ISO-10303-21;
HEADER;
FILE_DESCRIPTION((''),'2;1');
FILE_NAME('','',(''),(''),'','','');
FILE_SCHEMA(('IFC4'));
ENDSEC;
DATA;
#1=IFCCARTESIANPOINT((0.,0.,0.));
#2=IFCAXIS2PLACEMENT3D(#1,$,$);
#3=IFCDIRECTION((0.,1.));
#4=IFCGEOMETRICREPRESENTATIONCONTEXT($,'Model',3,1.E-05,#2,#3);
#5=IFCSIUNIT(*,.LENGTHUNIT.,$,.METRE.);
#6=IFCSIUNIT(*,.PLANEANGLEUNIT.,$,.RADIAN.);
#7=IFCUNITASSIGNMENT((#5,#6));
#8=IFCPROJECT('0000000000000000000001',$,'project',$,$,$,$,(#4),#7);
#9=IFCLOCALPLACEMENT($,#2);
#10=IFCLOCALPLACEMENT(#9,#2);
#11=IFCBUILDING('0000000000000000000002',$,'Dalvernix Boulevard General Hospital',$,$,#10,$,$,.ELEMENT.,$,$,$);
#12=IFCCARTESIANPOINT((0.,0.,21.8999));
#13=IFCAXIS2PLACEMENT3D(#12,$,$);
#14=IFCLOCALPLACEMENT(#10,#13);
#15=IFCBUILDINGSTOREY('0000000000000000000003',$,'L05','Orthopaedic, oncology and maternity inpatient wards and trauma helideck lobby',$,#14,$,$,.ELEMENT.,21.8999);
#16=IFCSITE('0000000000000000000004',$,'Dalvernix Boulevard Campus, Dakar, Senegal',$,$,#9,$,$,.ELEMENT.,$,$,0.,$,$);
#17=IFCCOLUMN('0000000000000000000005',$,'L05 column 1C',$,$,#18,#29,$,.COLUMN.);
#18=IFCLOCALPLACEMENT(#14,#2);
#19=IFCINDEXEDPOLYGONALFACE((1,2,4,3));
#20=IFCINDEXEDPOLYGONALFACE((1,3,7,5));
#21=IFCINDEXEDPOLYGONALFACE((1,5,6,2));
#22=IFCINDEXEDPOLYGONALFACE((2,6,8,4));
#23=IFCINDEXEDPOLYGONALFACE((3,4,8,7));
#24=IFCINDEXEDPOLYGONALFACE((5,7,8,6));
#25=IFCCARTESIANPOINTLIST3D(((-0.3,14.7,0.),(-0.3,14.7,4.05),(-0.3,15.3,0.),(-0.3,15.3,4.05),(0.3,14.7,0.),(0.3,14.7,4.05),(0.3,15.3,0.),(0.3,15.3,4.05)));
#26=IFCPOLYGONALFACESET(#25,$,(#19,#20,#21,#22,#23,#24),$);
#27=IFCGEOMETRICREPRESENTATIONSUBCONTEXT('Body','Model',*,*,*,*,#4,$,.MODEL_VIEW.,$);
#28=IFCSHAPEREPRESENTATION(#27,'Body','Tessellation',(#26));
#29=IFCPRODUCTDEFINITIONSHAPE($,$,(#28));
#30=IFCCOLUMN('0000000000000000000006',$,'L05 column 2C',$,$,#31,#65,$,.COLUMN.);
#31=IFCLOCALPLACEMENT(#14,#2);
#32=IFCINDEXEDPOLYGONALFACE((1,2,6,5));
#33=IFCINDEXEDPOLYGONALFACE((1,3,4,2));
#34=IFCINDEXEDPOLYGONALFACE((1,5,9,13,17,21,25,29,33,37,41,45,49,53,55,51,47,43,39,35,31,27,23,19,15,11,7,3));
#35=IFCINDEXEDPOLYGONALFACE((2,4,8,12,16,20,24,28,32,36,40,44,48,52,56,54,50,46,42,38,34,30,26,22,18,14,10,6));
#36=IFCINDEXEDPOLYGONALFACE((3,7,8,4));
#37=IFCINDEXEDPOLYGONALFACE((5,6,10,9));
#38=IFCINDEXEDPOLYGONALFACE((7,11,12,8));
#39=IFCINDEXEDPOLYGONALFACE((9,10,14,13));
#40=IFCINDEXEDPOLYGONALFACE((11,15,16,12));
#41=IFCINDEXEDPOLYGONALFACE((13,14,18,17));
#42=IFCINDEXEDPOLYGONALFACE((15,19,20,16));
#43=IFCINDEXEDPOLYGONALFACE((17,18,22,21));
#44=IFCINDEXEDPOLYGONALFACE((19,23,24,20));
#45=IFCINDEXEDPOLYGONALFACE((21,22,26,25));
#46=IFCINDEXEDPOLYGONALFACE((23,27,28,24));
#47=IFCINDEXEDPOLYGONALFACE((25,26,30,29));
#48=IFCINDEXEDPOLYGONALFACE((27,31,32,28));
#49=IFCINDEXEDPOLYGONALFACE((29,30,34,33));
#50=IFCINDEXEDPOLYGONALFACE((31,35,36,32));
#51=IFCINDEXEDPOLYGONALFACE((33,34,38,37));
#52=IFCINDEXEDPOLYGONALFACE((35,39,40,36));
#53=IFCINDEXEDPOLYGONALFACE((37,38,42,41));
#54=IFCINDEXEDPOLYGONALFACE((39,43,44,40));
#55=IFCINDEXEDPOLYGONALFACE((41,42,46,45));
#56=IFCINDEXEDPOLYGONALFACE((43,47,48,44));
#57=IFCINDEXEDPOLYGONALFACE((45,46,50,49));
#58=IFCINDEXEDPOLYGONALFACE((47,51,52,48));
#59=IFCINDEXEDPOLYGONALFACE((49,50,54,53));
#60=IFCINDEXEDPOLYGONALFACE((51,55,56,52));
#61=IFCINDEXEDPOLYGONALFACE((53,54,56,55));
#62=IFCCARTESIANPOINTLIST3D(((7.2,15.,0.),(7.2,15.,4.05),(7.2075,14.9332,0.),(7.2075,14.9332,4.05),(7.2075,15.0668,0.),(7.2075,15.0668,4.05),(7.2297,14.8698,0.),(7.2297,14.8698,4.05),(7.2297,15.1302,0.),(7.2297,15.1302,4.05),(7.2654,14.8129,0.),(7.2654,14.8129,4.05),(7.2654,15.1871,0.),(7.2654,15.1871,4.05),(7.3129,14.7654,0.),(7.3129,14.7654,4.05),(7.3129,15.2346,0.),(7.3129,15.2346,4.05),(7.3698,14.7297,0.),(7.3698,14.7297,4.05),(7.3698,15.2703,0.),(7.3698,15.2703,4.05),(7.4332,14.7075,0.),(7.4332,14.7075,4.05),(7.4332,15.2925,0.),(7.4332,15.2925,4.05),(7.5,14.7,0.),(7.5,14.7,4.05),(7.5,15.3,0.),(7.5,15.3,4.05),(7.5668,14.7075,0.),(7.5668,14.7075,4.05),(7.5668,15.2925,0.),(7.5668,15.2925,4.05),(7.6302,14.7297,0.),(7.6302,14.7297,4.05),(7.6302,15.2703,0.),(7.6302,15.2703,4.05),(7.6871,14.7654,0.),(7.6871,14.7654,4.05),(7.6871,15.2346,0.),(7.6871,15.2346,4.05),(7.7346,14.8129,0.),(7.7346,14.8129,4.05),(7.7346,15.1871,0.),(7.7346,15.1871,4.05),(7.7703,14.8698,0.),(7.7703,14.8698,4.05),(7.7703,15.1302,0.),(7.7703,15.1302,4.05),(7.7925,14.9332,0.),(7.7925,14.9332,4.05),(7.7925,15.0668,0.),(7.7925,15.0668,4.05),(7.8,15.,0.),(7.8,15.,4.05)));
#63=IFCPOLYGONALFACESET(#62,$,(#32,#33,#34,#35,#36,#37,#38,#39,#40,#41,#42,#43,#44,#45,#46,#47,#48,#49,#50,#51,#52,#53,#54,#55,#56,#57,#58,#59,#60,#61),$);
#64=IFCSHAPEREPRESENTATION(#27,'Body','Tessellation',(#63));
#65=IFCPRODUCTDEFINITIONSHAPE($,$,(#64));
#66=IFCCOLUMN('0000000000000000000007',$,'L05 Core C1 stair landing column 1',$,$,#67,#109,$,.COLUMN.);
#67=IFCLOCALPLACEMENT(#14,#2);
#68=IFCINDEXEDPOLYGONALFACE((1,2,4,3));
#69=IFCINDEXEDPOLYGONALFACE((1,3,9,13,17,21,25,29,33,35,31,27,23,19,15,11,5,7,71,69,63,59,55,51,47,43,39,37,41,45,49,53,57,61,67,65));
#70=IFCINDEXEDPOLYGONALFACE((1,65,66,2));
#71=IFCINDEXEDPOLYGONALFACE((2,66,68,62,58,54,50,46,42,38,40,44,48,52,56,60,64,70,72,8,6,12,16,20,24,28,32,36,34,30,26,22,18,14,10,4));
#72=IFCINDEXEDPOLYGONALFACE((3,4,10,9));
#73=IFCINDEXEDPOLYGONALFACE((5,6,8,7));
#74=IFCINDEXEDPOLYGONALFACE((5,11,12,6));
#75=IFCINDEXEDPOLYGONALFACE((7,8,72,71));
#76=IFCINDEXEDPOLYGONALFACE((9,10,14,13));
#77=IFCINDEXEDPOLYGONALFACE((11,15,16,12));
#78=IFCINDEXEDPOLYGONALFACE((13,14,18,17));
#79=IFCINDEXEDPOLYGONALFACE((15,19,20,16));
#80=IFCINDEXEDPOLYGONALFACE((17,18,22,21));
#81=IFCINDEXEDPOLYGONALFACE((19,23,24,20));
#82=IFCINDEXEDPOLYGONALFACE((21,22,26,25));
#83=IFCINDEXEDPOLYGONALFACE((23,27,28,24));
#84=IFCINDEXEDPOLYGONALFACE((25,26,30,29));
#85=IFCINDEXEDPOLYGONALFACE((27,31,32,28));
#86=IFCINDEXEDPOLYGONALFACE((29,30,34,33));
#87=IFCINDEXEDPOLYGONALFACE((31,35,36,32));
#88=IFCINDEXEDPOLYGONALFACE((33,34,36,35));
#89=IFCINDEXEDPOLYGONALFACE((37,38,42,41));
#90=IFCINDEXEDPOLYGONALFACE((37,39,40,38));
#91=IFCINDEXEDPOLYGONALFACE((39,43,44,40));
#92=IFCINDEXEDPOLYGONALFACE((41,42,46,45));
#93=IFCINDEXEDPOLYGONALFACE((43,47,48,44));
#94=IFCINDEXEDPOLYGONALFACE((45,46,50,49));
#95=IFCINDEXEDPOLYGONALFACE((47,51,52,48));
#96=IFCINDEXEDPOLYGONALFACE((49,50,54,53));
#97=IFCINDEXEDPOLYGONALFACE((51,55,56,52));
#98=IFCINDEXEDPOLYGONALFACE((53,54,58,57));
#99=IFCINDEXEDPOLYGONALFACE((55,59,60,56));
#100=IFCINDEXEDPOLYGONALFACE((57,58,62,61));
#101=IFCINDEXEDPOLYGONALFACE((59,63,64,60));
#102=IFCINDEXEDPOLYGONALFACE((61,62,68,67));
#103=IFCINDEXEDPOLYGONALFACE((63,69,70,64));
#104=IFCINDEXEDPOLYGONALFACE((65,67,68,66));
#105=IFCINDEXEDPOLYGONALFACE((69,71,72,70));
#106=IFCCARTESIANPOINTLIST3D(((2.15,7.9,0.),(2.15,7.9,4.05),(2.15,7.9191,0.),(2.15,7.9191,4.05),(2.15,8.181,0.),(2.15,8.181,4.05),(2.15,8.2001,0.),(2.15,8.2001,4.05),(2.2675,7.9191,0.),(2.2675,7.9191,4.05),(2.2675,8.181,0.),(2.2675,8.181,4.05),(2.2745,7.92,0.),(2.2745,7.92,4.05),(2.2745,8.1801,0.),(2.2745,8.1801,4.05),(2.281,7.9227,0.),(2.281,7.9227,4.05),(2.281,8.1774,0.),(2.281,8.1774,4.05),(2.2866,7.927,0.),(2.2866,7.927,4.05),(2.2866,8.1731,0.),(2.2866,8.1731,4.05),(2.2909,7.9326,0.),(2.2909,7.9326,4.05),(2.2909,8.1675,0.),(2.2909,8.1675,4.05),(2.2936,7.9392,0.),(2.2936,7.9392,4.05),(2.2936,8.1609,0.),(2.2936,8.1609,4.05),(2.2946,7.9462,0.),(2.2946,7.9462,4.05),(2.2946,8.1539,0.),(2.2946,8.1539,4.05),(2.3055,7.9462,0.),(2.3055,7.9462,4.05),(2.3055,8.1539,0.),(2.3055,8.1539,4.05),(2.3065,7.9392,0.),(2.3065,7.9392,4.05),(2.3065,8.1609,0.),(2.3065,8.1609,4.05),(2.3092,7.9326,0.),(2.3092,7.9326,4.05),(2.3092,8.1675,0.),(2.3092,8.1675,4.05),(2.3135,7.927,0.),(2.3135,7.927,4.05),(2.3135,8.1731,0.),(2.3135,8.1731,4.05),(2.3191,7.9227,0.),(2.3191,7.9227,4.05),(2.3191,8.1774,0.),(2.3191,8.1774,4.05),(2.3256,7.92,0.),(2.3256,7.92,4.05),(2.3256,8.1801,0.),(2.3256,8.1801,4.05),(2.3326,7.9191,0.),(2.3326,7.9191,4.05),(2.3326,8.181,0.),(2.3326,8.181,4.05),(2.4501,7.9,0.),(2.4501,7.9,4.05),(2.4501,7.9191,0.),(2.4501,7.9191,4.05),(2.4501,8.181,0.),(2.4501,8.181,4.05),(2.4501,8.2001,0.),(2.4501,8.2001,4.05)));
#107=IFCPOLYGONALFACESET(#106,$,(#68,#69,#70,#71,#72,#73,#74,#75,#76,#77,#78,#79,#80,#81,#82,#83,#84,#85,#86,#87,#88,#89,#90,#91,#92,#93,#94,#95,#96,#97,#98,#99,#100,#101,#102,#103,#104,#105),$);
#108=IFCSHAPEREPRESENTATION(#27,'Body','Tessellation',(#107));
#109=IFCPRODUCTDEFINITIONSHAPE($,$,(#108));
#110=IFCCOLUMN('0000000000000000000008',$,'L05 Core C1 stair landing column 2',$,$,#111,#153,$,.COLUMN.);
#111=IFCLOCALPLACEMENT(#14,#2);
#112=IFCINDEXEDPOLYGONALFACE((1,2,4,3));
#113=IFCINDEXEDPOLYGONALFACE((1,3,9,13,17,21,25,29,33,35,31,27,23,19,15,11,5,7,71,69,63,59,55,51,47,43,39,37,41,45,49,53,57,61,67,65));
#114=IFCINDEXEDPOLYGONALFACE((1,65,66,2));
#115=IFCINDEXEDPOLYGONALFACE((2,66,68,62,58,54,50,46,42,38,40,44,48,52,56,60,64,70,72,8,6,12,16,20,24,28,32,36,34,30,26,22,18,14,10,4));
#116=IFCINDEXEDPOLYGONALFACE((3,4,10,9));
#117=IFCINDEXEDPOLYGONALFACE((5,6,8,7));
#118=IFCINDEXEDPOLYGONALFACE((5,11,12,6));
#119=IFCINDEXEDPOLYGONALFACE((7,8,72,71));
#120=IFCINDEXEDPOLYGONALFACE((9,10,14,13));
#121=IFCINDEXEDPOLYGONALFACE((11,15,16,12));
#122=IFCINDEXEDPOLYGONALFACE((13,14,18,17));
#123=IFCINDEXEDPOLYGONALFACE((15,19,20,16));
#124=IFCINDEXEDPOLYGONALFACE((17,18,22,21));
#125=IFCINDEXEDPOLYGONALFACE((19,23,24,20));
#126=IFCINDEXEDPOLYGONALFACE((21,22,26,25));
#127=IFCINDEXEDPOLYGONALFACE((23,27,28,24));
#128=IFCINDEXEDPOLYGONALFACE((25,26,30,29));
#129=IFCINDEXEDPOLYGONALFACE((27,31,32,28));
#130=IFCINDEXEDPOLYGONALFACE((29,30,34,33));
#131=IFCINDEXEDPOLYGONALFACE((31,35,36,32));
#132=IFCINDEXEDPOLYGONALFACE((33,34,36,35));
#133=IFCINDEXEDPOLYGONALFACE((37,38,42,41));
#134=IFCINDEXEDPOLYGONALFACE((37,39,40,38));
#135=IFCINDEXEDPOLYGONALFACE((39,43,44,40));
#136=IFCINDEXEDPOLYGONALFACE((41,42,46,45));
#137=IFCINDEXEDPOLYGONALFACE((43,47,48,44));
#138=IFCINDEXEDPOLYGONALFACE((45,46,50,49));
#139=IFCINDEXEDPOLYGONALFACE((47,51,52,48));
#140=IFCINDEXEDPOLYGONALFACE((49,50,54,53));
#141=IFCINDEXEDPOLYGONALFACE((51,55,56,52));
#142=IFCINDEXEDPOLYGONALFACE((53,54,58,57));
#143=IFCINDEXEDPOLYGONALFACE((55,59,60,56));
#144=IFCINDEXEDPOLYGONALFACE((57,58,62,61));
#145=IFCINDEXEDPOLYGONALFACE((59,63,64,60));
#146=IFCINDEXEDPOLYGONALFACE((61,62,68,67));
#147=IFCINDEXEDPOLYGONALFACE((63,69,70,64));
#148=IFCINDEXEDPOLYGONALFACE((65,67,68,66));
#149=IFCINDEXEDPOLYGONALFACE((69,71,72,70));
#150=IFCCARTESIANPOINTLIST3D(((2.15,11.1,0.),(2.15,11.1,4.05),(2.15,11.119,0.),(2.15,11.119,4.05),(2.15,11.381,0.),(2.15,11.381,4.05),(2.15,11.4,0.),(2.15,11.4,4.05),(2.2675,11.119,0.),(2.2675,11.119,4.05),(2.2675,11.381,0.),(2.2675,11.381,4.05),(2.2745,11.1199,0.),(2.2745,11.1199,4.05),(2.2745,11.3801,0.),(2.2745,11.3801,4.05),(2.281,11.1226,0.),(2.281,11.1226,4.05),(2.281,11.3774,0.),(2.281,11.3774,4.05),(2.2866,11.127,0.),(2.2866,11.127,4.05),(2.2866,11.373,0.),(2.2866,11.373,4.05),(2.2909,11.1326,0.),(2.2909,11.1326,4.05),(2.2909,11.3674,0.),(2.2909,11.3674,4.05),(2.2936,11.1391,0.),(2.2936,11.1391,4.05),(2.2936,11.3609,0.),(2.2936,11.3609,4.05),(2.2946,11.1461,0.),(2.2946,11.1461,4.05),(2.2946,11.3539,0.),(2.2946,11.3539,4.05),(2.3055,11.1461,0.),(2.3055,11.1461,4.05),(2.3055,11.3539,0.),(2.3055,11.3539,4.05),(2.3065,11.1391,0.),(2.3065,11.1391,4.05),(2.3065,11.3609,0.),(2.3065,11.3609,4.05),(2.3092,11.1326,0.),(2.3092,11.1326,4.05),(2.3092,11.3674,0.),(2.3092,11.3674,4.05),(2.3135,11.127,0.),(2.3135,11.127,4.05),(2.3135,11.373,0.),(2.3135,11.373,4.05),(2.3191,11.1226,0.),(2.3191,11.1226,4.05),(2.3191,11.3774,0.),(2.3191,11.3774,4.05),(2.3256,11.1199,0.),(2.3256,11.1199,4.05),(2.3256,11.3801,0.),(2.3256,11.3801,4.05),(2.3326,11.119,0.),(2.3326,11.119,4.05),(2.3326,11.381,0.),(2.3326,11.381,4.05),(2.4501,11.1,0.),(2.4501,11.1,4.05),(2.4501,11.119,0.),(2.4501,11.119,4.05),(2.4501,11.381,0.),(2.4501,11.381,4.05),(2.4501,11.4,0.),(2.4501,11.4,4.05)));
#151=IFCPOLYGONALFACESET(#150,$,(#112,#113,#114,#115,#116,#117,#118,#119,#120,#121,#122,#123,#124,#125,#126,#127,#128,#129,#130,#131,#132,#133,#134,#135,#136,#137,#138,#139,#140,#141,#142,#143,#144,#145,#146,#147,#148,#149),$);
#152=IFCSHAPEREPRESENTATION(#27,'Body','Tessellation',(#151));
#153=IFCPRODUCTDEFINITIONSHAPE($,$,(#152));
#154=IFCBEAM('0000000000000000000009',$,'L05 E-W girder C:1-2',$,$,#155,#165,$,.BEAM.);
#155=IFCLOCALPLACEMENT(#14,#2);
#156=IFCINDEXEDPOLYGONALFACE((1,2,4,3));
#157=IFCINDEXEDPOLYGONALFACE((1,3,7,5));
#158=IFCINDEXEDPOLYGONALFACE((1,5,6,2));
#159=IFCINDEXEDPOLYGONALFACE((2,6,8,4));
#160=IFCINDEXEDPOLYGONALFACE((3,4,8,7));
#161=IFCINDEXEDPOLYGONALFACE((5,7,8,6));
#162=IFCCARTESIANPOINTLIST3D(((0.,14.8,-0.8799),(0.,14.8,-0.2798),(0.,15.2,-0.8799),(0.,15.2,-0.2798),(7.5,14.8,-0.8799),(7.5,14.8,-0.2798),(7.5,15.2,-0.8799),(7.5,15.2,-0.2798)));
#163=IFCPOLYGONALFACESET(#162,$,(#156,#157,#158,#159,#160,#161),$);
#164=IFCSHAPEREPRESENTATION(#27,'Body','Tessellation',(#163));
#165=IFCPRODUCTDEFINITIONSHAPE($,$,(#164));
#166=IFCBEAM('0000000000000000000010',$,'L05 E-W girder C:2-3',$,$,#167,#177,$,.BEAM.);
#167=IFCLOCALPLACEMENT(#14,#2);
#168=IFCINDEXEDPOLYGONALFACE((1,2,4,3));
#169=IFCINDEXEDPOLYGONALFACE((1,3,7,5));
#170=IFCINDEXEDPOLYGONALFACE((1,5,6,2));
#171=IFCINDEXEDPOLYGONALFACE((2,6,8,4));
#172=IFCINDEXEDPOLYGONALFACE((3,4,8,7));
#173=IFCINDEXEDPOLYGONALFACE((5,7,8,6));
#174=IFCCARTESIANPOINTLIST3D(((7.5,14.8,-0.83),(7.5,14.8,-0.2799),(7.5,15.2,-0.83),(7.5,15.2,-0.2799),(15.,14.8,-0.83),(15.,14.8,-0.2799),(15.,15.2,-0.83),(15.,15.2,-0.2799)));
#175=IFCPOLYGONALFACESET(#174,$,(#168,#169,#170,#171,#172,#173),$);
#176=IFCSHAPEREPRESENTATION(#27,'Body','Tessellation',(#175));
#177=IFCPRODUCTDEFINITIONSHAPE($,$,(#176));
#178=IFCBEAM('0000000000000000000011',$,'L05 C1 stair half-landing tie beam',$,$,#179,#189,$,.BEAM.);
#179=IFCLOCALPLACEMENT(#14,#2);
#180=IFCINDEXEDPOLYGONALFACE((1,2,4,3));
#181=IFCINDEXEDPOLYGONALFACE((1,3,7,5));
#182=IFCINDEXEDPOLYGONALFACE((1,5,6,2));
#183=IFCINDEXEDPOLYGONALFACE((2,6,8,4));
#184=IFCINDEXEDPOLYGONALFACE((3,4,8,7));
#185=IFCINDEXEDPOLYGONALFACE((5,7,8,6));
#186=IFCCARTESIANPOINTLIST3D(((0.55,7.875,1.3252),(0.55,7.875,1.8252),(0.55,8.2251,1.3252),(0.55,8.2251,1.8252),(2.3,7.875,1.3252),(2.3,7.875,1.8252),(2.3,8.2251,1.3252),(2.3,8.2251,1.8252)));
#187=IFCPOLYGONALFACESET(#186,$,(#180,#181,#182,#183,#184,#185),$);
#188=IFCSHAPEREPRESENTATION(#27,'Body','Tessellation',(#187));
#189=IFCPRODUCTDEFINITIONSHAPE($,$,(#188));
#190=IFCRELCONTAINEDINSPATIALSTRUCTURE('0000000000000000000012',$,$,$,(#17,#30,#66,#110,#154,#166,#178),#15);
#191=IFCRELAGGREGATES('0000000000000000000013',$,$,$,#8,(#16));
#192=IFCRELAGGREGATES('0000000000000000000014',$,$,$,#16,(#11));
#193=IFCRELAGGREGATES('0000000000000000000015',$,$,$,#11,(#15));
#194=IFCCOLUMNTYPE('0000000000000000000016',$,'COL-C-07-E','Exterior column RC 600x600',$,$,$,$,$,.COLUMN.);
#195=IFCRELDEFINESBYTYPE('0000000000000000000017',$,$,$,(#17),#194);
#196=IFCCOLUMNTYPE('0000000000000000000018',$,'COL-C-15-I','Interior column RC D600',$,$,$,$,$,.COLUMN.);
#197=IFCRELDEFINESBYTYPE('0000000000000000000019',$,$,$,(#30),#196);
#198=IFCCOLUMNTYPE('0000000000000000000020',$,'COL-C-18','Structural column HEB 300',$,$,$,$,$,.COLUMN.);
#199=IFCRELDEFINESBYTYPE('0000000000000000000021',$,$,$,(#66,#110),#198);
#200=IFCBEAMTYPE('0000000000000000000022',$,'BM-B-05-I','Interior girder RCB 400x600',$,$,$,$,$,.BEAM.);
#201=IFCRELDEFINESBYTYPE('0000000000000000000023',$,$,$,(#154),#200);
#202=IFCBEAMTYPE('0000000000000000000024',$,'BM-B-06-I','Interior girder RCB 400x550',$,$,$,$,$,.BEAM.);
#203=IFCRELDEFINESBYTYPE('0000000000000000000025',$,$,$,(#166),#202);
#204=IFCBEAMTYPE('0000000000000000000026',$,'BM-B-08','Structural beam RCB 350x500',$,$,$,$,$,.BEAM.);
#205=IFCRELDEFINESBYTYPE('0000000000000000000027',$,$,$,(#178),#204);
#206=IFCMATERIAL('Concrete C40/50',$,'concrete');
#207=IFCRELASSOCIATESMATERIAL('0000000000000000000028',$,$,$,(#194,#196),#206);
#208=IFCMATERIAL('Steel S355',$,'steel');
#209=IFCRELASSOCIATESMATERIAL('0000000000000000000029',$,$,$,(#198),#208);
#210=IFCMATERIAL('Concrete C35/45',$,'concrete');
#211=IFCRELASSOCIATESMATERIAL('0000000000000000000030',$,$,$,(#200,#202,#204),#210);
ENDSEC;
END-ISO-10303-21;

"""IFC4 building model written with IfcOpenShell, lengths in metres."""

from ifc_helpers import new_model, si_unit, direction, frame, origin, origin_2d, place, context, subcontext, project, spatial, rectangle, circle, i_section, extrude, material, material_profile, profile_set, type_object, element, save


model = new_model("IFC4")

# Units and contexts
model_context = context("Model", 3, precision=1e-05, world=origin(), true_north=direction((0.0, 1.0)))
body_context = subcontext(model_context, "Body", "Model", "MODEL_VIEW")
ifc_project = project(units=[si_unit("LENGTHUNIT", "METRE"), si_unit("PLANEANGLEUNIT", "RADIAN")], contexts=[model_context])

# Site, building, storey
site_placement = place(None, origin())
site = spatial("IfcSite", under=ifc_project, at=site_placement, Name="Dalvernix Boulevard Campus, Dakar, Senegal", CompositionType="ELEMENT", RefElevation=0.0)
building_placement = place(site_placement, origin())
building = spatial("IfcBuilding", under=site, at=building_placement, Name="Dalvernix Boulevard General Hospital", CompositionType="ELEMENT")
storey_placement = place(building_placement, frame((0.0, 0.0, 21.8999)))
storey = spatial("IfcBuildingStorey", under=building, at=storey_placement, Name="L05", Description="Orthopaedic, oncology and maternity inpatient wards and trauma helideck lobby", CompositionType="ELEMENT", Elevation=21.8999)

# Columns
ifc_material_1 = material(Name="Concrete C40/50", Category="concrete")
ifc_material_profile_1 = material_profile(ifc_material_1, rectangle(XDim=0.6001, YDim=0.6001, at=origin_2d()), Name="RC 600x600")
ifc_profile_set_1 = profile_set([ifc_material_profile_1], Name="Concrete C40/50")
column_type_1 = type_object("IfcColumnType", Name="COL-C-07-E", Description="Exterior column RC 600x600", PredefinedType="COLUMN", material=ifc_profile_set_1)
column_1_placement = place(storey_placement, frame((0.0, 15.0, 0.0), z_axis=(0.0, 0.0, 1.0), x_axis=(1.0, 0.0, 0.0)))
element("IfcColumn", 1, at=column_1_placement, inside=storey, type_object=column_type_1, Name="L05 column 1C", PredefinedType="COLUMN", context=body_context, shape_type="SweptSolid", body=[
    extrude(rectangle(XDim=0.6001, YDim=0.6001, at=origin_2d()), origin(), (0.0, 0.0, 1.0), 4.05),
])
ifc_material_profile_2 = material_profile(ifc_material_1, circle(Radius=0.3, at=origin_2d()), Name="RC D600")
ifc_profile_set_2 = profile_set([ifc_material_profile_2], Name="Concrete C40/50")
column_type_2 = type_object("IfcColumnType", Name="COL-C-15-I", Description="Interior column RC D600", PredefinedType="COLUMN", material=ifc_profile_set_2)
column_2_placement = place(storey_placement, frame((7.5, 15.0, 0.0), z_axis=(0.0, 0.0, 1.0), x_axis=(1.0, 0.0, 0.0)))
element("IfcColumn", 2, at=column_2_placement, inside=storey, type_object=column_type_2, Name="L05 column 2C", PredefinedType="COLUMN", context=body_context, shape_type="SweptSolid", body=[
    extrude(circle(Radius=0.3, at=origin_2d()), origin(), (0.0, 0.0, 1.0), 4.05),
])
ifc_material_2 = material(Name="Steel S355", Category="steel")
ifc_material_profile_3 = material_profile(ifc_material_2, i_section(OverallWidth=0.3, OverallDepth=0.3, WebThickness=0.011, FlangeThickness=0.019, FilletRadius=0.0271, at=origin_2d()), Name="HEB 300")
ifc_profile_set_3 = profile_set([ifc_material_profile_3], Name="Steel S355")
column_type_3 = type_object("IfcColumnType", Name="COL-C-18", Description="Structural column HEB 300", PredefinedType="COLUMN", material=ifc_profile_set_3)
for number, where, z_axis, x_axis, name in (
    (3, (2.3, 8.05, 0.0), (0.0, 0.0, 1.0), (1.0, 0.0, 0.0), "L05 Core C1 stair landing column 1"),
    (4, (2.3, 11.25, 0.0), (0.0, 0.0, 1.0), (1.0, 0.0, 0.0), "L05 Core C1 stair landing column 2"),
):
    element("IfcColumn", number, at=place(storey_placement, frame(where, z_axis=z_axis, x_axis=x_axis)), inside=storey, type_object=column_type_3, Name=name, PredefinedType="COLUMN", context=body_context, shape_type="SweptSolid", body=[
        extrude(i_section(OverallWidth=0.3, OverallDepth=0.3, WebThickness=0.011, FlangeThickness=0.019, FilletRadius=0.0271, at=origin_2d()), origin(), (0.0, 0.0, 1.0), 4.05),
    ])

# Beams
ifc_material_3 = material(Name="Concrete C35/45", Category="concrete")
ifc_material_profile_4 = material_profile(ifc_material_3, rectangle(XDim=0.3999, YDim=0.6001, at=origin_2d()), Name="RCB 400x600")
ifc_profile_set_4 = profile_set([ifc_material_profile_4], Name="Concrete C35/45")
beam_type_1 = type_object("IfcBeamType", Name="BM-B-05-I", Description="Interior girder RCB 400x600", PredefinedType="BEAM", material=ifc_profile_set_4)
beam_1_placement = place(storey_placement, frame((0.0, 15.0, -0.5798), z_axis=(1.0, 0.0, 0.0), x_axis=(0.0, 1.0, 0.0)))
element("IfcBeam", 5, at=beam_1_placement, inside=storey, type_object=beam_type_1, Name="L05 E-W girder C:1-2", PredefinedType="BEAM", context=body_context, shape_type="SweptSolid", body=[
    extrude(rectangle(XDim=0.3999, YDim=0.6001, at=origin_2d()), origin(), (0.0, 0.0, 1.0), 7.5),
])
ifc_material_profile_5 = material_profile(ifc_material_3, rectangle(XDim=0.3999, YDim=0.55, at=origin_2d()), Name="RCB 400x550")
ifc_profile_set_5 = profile_set([ifc_material_profile_5], Name="Concrete C35/45")
beam_type_2 = type_object("IfcBeamType", Name="BM-B-06-I", Description="Interior girder RCB 400x550", PredefinedType="BEAM", material=ifc_profile_set_5)
beam_2_placement = place(storey_placement, frame((7.5, 15.0, -0.5549), z_axis=(1.0, 0.0, 0.0), x_axis=(0.0, 1.0, 0.0)))
element("IfcBeam", 6, at=beam_2_placement, inside=storey, type_object=beam_type_2, Name="L05 E-W girder C:2-3", PredefinedType="BEAM", context=body_context, shape_type="SweptSolid", body=[
    extrude(rectangle(XDim=0.3999, YDim=0.55, at=origin_2d()), origin(), (0.0, 0.0, 1.0), 7.5),
])
ifc_material_profile_6 = material_profile(ifc_material_3, rectangle(XDim=0.3501, YDim=0.5, at=origin_2d()), Name="RCB 350x500")
ifc_profile_set_6 = profile_set([ifc_material_profile_6], Name="Concrete C35/45")
beam_type_3 = type_object("IfcBeamType", Name="BM-B-08", Description="Structural beam RCB 350x500", PredefinedType="BEAM", material=ifc_profile_set_6)
beam_3_placement = place(storey_placement, frame((0.55, 8.05, 1.5752), z_axis=(1.0, 0.0, 0.0), x_axis=(0.0, 1.0, 0.0)))
element("IfcBeam", 7, at=beam_3_placement, inside=storey, type_object=beam_type_3, Name="L05 C1 stair half-landing tie beam", PredefinedType="BEAM", context=body_context, shape_type="SweptSolid", body=[
    extrude(rectangle(XDim=0.3501, YDim=0.5, at=origin_2d()), origin(), (0.0, 0.0, 1.0), 1.75),
])

save(model, "model.ifc")
